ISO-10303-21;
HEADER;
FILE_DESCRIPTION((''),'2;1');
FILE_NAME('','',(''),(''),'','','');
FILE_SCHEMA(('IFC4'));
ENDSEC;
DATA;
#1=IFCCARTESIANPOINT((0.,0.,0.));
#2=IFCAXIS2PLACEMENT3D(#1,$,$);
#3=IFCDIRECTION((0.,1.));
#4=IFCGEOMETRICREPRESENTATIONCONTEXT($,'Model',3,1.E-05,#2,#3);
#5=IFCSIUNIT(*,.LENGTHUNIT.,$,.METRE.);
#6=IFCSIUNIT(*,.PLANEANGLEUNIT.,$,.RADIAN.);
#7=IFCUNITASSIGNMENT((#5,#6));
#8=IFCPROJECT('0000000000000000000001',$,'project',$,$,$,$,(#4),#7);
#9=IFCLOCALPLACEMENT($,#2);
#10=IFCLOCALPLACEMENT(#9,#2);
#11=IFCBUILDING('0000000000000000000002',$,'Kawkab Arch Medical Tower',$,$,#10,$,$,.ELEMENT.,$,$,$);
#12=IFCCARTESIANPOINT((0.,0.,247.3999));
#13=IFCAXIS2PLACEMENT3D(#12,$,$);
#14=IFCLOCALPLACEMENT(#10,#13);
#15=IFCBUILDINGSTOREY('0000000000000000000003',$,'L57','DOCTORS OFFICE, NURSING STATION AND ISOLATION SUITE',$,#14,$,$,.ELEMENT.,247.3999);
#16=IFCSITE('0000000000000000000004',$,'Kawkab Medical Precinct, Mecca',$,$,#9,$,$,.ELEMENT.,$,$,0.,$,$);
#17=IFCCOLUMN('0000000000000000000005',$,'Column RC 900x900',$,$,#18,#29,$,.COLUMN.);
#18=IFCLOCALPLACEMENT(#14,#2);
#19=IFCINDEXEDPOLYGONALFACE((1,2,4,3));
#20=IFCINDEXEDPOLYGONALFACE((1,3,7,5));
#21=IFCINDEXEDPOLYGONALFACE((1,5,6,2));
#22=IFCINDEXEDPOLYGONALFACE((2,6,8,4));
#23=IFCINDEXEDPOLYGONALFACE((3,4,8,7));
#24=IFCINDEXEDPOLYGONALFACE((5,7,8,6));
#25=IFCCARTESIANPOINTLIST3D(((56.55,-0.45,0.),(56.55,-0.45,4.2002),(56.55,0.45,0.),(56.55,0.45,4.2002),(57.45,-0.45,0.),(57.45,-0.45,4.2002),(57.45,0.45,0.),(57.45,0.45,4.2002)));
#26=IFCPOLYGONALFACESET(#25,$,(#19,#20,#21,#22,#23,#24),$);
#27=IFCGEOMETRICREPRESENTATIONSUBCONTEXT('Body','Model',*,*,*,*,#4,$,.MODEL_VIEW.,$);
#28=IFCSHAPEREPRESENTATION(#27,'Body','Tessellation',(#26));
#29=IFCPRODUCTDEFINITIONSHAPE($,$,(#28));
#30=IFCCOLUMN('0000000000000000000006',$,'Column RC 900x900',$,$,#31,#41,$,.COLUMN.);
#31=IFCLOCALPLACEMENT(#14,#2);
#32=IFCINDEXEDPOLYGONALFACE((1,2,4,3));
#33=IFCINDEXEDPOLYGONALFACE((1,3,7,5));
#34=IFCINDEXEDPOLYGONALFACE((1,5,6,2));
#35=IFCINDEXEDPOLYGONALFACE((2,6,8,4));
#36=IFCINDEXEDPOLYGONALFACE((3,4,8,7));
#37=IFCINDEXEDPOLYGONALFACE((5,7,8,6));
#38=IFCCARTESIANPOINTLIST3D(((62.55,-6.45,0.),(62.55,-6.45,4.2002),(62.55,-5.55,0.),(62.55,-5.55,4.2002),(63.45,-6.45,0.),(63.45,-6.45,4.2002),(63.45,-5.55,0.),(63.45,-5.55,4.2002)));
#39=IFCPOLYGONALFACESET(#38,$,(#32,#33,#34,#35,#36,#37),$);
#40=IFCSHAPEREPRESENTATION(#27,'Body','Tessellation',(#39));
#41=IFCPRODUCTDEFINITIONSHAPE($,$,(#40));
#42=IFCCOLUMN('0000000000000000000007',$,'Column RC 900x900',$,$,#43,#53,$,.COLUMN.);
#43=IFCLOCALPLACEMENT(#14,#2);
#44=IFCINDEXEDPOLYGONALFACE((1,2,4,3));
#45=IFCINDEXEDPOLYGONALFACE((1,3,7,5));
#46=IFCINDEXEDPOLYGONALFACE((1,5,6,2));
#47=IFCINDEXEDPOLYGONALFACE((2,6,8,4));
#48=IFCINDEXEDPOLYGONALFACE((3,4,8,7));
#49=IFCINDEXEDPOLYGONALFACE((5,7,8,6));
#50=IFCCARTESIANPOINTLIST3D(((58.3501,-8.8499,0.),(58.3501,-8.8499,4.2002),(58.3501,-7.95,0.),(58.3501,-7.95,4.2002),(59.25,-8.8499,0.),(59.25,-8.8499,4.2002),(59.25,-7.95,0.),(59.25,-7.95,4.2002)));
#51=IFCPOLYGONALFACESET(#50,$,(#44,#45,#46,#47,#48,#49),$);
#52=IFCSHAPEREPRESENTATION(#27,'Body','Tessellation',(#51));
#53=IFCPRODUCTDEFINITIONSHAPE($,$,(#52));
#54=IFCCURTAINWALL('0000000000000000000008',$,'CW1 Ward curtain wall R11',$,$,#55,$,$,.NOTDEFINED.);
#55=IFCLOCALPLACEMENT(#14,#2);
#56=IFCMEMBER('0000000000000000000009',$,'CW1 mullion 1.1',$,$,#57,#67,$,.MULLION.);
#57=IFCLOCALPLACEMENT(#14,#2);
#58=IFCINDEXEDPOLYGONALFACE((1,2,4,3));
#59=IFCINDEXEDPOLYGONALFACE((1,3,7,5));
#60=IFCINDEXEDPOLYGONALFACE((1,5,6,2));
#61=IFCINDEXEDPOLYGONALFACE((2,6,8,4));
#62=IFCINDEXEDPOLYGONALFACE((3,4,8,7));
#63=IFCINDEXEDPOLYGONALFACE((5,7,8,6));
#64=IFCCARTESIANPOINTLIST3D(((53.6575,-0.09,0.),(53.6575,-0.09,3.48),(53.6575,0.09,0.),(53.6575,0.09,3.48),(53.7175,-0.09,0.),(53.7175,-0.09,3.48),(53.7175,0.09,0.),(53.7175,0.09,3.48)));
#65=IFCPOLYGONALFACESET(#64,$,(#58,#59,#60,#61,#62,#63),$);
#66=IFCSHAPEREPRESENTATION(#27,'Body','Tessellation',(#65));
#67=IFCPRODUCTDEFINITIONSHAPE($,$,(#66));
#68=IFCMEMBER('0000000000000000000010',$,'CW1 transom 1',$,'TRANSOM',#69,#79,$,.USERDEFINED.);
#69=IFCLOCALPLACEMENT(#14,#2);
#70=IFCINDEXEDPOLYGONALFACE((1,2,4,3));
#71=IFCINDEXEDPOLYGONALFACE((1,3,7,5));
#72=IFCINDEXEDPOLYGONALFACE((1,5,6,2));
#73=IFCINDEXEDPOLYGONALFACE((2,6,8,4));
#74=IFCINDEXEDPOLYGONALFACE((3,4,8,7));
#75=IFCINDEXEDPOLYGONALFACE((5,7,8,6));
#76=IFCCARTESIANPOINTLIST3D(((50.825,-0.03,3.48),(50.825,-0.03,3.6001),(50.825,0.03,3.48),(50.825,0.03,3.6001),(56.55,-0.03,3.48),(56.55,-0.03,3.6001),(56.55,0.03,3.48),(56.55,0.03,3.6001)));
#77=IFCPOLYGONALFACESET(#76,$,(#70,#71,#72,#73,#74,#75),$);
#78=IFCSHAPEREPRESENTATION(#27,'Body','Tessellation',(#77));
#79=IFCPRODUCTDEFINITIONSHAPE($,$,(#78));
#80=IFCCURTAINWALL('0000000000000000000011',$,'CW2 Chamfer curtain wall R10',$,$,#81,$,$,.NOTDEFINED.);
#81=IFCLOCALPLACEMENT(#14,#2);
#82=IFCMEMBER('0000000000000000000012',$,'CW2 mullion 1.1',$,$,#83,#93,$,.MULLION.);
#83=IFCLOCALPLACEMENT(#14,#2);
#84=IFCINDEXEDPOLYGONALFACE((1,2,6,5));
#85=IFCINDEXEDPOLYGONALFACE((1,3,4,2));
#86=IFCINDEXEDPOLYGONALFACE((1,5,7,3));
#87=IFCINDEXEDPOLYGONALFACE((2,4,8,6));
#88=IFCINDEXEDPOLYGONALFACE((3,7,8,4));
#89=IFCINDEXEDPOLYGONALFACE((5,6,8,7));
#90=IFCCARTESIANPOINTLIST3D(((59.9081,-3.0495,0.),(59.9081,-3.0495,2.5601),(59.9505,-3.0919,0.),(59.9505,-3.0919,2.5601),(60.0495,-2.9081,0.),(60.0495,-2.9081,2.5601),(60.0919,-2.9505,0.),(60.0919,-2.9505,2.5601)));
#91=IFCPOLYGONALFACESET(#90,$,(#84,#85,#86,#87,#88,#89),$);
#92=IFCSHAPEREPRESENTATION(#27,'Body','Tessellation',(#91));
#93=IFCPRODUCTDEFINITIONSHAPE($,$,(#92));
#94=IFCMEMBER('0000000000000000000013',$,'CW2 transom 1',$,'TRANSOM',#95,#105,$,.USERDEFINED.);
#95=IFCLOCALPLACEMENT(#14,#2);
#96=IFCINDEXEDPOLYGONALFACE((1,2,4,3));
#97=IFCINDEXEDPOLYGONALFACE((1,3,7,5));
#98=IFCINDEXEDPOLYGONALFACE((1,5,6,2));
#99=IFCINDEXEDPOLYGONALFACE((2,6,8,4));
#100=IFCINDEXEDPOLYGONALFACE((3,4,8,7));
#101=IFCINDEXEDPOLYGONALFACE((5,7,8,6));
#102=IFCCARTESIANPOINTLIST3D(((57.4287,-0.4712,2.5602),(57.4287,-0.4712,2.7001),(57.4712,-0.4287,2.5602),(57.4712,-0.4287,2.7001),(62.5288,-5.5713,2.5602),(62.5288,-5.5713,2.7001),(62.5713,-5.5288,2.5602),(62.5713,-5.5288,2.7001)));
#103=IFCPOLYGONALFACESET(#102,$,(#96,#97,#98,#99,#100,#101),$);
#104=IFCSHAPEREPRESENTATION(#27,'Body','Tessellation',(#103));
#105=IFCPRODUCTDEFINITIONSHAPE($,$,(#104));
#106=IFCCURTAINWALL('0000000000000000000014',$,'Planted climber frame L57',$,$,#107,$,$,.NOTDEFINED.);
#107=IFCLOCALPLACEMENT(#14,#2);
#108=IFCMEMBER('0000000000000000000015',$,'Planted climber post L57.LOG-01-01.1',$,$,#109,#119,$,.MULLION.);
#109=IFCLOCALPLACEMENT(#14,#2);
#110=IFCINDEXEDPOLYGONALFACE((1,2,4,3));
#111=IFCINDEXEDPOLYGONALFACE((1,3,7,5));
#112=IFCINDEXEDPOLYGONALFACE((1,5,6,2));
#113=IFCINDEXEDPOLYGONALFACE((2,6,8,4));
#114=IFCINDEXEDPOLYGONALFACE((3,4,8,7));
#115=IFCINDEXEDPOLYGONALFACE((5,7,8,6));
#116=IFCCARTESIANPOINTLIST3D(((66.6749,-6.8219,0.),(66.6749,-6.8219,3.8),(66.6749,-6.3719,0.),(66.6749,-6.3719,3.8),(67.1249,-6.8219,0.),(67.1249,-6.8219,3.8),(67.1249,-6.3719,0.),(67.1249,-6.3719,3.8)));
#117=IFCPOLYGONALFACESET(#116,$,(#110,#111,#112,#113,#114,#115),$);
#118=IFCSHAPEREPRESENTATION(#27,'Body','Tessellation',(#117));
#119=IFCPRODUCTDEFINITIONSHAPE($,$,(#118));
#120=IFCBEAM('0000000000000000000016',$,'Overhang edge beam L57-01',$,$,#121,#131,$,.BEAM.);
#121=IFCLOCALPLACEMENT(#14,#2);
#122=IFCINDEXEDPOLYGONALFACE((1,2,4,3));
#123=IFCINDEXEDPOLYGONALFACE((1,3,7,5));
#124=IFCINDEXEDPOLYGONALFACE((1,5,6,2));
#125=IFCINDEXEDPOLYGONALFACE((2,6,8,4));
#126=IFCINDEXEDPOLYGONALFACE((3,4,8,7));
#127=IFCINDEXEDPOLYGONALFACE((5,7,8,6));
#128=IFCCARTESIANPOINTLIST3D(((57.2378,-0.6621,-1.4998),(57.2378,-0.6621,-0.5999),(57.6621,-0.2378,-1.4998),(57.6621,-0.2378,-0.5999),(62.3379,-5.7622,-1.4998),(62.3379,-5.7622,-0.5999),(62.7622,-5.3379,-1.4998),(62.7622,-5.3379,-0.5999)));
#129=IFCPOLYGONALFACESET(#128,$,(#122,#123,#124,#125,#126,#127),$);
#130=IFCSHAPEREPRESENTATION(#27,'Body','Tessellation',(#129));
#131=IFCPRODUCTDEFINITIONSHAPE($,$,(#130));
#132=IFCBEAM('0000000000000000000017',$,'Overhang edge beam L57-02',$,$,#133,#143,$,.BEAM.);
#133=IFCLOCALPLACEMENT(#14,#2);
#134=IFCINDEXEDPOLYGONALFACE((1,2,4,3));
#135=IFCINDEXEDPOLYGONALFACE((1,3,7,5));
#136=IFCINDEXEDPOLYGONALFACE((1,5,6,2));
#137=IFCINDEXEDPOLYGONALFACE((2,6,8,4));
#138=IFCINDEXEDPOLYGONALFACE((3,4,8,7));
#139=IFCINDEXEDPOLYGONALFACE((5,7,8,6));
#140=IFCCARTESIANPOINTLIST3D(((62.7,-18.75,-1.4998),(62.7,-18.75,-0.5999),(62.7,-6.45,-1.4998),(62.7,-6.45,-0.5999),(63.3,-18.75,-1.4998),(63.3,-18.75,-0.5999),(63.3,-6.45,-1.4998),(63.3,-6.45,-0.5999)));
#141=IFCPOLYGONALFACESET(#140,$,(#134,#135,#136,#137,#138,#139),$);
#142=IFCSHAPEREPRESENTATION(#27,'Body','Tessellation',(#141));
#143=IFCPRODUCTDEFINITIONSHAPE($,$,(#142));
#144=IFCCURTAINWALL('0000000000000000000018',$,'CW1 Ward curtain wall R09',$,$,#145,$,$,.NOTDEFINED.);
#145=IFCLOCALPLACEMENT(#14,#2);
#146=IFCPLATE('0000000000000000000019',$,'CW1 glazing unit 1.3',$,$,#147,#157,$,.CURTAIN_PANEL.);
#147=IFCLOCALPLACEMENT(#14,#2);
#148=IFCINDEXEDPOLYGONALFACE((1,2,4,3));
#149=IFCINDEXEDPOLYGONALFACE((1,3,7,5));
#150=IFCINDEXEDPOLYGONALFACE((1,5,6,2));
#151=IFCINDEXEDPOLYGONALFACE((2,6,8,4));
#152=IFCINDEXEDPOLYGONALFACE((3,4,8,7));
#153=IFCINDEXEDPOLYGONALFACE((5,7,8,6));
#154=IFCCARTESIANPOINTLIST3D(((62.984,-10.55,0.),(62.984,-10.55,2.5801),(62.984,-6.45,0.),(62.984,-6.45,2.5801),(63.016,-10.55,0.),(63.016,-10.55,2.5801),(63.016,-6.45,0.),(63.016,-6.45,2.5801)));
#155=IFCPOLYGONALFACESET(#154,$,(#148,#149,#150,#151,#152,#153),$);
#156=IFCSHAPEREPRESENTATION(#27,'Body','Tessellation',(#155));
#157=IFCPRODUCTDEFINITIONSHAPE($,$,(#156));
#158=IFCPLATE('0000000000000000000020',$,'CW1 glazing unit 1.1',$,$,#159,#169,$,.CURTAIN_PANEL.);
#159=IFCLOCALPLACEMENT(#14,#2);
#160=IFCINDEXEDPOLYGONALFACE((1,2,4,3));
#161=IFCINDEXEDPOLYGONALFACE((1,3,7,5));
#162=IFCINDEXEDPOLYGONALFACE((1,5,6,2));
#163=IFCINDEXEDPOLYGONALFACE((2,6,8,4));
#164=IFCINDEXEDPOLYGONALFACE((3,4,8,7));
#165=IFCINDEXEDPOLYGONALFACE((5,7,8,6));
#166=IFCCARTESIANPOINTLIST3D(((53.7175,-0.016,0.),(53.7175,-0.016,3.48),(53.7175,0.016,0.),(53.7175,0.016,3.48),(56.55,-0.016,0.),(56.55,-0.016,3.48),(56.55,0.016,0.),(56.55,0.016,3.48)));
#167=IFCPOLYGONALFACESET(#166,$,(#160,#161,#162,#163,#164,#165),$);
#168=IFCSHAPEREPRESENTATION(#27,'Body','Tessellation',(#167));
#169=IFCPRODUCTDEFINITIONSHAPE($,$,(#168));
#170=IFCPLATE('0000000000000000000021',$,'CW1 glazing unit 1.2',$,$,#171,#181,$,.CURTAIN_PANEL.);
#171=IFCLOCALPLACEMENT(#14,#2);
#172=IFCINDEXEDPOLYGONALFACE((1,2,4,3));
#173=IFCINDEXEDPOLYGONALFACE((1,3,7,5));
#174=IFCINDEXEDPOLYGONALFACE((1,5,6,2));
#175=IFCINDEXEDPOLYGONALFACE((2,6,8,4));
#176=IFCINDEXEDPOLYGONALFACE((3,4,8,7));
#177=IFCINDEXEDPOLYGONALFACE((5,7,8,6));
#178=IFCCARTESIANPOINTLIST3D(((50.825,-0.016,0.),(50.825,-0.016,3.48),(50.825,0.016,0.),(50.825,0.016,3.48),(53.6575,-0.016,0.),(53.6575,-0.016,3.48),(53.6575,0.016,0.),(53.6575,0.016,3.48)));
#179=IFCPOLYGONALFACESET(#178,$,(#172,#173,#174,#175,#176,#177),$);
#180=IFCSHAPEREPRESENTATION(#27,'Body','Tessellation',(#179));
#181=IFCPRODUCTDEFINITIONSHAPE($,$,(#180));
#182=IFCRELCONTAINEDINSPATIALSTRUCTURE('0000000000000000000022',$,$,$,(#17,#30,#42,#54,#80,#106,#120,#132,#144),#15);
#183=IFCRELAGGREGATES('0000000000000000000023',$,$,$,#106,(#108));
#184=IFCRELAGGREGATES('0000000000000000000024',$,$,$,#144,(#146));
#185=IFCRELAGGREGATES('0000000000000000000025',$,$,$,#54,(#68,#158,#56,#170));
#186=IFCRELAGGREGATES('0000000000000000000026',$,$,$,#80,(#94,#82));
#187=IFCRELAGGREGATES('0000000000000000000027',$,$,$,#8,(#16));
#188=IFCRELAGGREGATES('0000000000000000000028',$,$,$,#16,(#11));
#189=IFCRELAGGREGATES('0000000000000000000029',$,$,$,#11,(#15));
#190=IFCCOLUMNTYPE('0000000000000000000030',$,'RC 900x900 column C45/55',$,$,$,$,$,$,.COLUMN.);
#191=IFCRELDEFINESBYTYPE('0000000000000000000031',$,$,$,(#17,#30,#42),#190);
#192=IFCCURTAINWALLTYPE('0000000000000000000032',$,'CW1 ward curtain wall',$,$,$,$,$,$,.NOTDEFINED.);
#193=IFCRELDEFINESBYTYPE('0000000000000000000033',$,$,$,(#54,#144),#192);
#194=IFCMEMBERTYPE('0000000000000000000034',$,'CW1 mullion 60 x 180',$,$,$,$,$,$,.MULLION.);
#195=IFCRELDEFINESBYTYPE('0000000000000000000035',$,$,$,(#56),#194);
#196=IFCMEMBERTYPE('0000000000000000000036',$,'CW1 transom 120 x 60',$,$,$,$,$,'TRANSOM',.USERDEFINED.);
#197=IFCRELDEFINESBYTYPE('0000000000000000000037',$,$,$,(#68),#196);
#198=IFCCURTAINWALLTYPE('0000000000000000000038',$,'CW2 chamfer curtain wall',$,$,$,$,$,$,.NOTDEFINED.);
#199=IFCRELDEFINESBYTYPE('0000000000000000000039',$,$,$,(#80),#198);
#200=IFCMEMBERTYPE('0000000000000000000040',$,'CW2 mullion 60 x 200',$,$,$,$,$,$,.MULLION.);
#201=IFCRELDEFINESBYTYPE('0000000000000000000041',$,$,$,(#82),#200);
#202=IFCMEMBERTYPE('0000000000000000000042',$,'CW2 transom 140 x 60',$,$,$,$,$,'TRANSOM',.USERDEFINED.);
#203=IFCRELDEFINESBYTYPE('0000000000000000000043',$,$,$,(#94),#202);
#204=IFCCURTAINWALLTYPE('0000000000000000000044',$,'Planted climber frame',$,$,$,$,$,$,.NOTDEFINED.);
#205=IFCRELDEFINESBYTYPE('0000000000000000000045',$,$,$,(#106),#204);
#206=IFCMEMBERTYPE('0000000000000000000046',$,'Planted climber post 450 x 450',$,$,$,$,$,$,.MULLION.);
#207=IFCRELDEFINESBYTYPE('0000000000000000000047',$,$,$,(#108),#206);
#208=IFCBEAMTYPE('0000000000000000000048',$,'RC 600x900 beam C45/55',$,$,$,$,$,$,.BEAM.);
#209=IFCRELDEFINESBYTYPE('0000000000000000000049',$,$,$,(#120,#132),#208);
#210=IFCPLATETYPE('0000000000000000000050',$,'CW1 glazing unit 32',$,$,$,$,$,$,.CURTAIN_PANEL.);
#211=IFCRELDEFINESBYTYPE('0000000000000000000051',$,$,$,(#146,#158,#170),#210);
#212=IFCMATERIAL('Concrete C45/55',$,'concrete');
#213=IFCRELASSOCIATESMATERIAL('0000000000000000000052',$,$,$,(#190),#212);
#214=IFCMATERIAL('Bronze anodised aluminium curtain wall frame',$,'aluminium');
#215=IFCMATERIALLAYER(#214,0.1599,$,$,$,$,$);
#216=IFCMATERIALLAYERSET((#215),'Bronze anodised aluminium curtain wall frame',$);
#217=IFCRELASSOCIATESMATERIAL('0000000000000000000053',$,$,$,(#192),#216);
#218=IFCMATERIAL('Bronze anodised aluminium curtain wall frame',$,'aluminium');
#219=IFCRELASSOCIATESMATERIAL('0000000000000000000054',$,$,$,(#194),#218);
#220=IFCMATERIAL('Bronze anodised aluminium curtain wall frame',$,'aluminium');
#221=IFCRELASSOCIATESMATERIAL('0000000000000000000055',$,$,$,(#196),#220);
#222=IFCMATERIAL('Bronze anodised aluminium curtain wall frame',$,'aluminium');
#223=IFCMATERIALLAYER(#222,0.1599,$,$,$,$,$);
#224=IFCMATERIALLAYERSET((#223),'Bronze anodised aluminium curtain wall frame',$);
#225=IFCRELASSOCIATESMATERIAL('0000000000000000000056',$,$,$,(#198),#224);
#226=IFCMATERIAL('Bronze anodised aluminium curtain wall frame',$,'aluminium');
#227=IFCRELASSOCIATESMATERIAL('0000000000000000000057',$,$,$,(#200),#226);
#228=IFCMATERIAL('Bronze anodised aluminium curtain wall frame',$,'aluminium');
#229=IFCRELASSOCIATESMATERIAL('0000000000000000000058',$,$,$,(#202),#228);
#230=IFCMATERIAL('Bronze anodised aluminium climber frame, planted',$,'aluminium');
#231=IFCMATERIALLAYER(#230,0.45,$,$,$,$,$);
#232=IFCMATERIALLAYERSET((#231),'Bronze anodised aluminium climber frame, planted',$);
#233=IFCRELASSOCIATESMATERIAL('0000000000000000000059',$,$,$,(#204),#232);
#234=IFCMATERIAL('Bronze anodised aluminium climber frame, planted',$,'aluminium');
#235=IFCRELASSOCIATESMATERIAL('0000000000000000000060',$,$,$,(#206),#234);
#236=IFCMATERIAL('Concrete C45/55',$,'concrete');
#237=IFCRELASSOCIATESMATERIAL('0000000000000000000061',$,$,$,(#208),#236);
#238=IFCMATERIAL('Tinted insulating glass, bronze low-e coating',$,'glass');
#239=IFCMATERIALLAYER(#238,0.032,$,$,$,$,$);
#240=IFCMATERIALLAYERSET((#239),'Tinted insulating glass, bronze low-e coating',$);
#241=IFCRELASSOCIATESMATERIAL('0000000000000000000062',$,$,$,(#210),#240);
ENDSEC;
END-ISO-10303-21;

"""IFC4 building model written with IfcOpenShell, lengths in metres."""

from ifc_helpers import new_model, si_unit, direction, frame, origin, origin_2d, place, context, subcontext, project, spatial, rectangle, extrude, material, layer, layer_set, material_profile, profile_set, type_object, element, aggregate, save


model = new_model("IFC4")

# Units and contexts
model_context = context("Model", 3, precision=1e-05, world=origin(), true_north=direction((0.0, 1.0)))
body_context = subcontext(model_context, "Body", "Model", "MODEL_VIEW")
ifc_project = project(units=[si_unit("LENGTHUNIT", "METRE"), si_unit("PLANEANGLEUNIT", "RADIAN")], contexts=[model_context])

# Site, building, storey
site_placement = place(None, origin())
site = spatial("IfcSite", under=ifc_project, at=site_placement, Name="Kawkab Medical Precinct, Mecca", CompositionType="ELEMENT", RefElevation=0.0)
building_placement = place(site_placement, origin())
building = spatial("IfcBuilding", under=site, at=building_placement, Name="Kawkab Arch Medical Tower", CompositionType="ELEMENT")
storey_placement = place(building_placement, frame((0.0, 0.0, 247.3999)))
storey = spatial("IfcBuildingStorey", under=building, at=storey_placement, Name="L57", Description="DOCTORS OFFICE, NURSING STATION AND ISOLATION SUITE", CompositionType="ELEMENT", Elevation=247.3999)

# Columns
ifc_material_1 = material(Name="Concrete C45/55", Category="concrete")
ifc_material_profile_1 = material_profile(ifc_material_1, rectangle(XDim=0.8999, YDim=0.8999, at=origin_2d()), Name="RC 900x900")
ifc_profile_set_1 = profile_set([ifc_material_profile_1], Name="Concrete C45/55")
column_type = type_object("IfcColumnType", Name="RC 900x900 column C45/55", PredefinedType="COLUMN", material=ifc_profile_set_1)
for number, where, z_axis, x_axis, name in (
    (1, (57.0, 0.0, 0.0), (0.0, 0.0, 1.0), (1.0, 0.0, 0.0), "Column RC 900x900"),
    (2, (63.0, -6.0, 0.0), (0.0, 0.0, 1.0), (1.0, 0.0, 0.0), "Column RC 900x900"),
    (3, (58.8, -8.3999, 0.0), (0.0, 0.0, 1.0), (1.0, 0.0, 0.0), "Column RC 900x900"),
):
    element("IfcColumn", number, at=place(storey_placement, frame(where, z_axis=z_axis, x_axis=x_axis)), inside=storey, type_object=column_type, Name=name, PredefinedType="COLUMN", context=body_context, shape_type="SweptSolid", body=[
        extrude(rectangle(XDim=0.8999, YDim=0.8999, at=origin_2d()), origin(), (0.0, 0.0, 1.0), 4.2002),
    ])

# Curtain walls, members
ifc_material_2 = material(Name="Bronze anodised aluminium curtain wall frame", Category="aluminium")
ifc_layer_1 = layer(ifc_material_2, 0.1599)
ifc_layer_set_1 = layer_set([ifc_layer_1], Name="Bronze anodised aluminium curtain wall frame")
curtain_wall_type_1 = type_object("IfcCurtainWallType", Name="CW1 ward curtain wall", PredefinedType="NOTDEFINED", material=ifc_layer_set_1)
placement = place(storey_placement, origin())
curtain_wall_1 = element("IfcCurtainWall", 4, at=placement, inside=storey, type_object=curtain_wall_type_1, Name="CW1 Ward curtain wall R11", PredefinedType="NOTDEFINED")
ifc_material_3 = material(Name="Bronze anodised aluminium curtain wall frame", Category="aluminium")
ifc_material_profile_2 = material_profile(ifc_material_3, rectangle(XDim=0.1799, YDim=0.0601, at=origin_2d()), Name="AL 60x180")
ifc_profile_set_2 = profile_set([ifc_material_profile_2], Name="Bronze anodised aluminium curtain wall frame")
member_type_1 = type_object("IfcMemberType", Name="CW1 mullion 60 x 180", PredefinedType="MULLION", material=ifc_profile_set_2)
member_1_placement = place(storey_placement, frame((53.6875, 0.0, 0.0), z_axis=(0.0, 0.0, 1.0), x_axis=(0.0, -1.0, 0.0)))
member_1 = element("IfcMember", 5, at=member_1_placement, type_object=member_type_1, Name="CW1 mullion 1.1", PredefinedType="MULLION", context=body_context, shape_type="SweptSolid", body=[
    extrude(rectangle(XDim=0.1799, YDim=0.0601, at=origin_2d()), origin(), (0.0, 0.0, 1.0), 3.48),
])
ifc_material_4 = material(Name="Bronze anodised aluminium curtain wall frame", Category="aluminium")
ifc_material_profile_3 = material_profile(ifc_material_4, rectangle(XDim=0.0601, YDim=0.1201, at=origin_2d()), Name="AL 60x120")
ifc_profile_set_3 = profile_set([ifc_material_profile_3], Name="Bronze anodised aluminium curtain wall frame")
member_type_2 = type_object("IfcMemberType", Name="CW1 transom 120 x 60", ElementType="TRANSOM", PredefinedType="USERDEFINED", material=ifc_profile_set_3)
member_2_placement = place(storey_placement, frame((56.55, 0.0, 3.54), z_axis=(-1.0, 0.0, 0.0), x_axis=(0.0, -1.0, 0.0)))
member_2 = element("IfcMember", 6, at=member_2_placement, type_object=member_type_2, Name="CW1 transom 1", ObjectType="TRANSOM", PredefinedType="USERDEFINED", context=body_context, shape_type="SweptSolid", body=[
    extrude(rectangle(XDim=0.0601, YDim=0.1201, at=origin_2d()), origin(), (0.0, 0.0, 1.0), 5.7251),
])
ifc_material_5 = material(Name="Bronze anodised aluminium curtain wall frame", Category="aluminium")
ifc_layer_2 = layer(ifc_material_5, 0.1599)
ifc_layer_set_2 = layer_set([ifc_layer_2], Name="Bronze anodised aluminium curtain wall frame")
curtain_wall_type_2 = type_object("IfcCurtainWallType", Name="CW2 chamfer curtain wall", PredefinedType="NOTDEFINED", material=ifc_layer_set_2)
curtain_wall_2 = element("IfcCurtainWall", 7, at=placement, inside=storey, type_object=curtain_wall_type_2, Name="CW2 Chamfer curtain wall R10", PredefinedType="NOTDEFINED")
ifc_material_6 = material(Name="Bronze anodised aluminium curtain wall frame", Category="aluminium")
ifc_material_profile_4 = material_profile(ifc_material_6, rectangle(XDim=0.2, YDim=0.0601, at=origin_2d()), Name="AL 60x200")
ifc_profile_set_4 = profile_set([ifc_material_profile_4], Name="Bronze anodised aluminium curtain wall frame")
member_type_3 = type_object("IfcMemberType", Name="CW2 mullion 60 x 200", PredefinedType="MULLION", material=ifc_profile_set_4)
member_3_placement = place(storey_placement, frame((60.0, -3.0, 0.0), z_axis=(0.0, 0.0, 1.0), x_axis=(-0.707107, -0.707107, 0.0)))
member_3 = element("IfcMember", 8, at=member_3_placement, type_object=member_type_3, Name="CW2 mullion 1.1", PredefinedType="MULLION", context=body_context, shape_type="SweptSolid", body=[
    extrude(rectangle(XDim=0.2, YDim=0.0601, at=origin_2d()), origin(), (0.0, 0.0, 1.0), 2.5601),
])
ifc_material_7 = material(Name="Bronze anodised aluminium curtain wall frame", Category="aluminium")
ifc_material_profile_5 = material_profile(ifc_material_7, rectangle(XDim=0.0601, YDim=0.1399, at=origin_2d()), Name="AL 60x140")
ifc_profile_set_5 = profile_set([ifc_material_profile_5], Name="Bronze anodised aluminium curtain wall frame")
member_type_4 = type_object("IfcMemberType", Name="CW2 transom 140 x 60", ElementType="TRANSOM", PredefinedType="USERDEFINED", material=ifc_profile_set_5)
member_4_placement = place(storey_placement, frame((62.55, -5.55, 2.6301), z_axis=(-0.707107, 0.707107, 0.0), x_axis=(-0.707107, -0.707107, 0.0)))
member_4 = element("IfcMember", 9, at=member_4_placement, type_object=member_type_4, Name="CW2 transom 1", ObjectType="TRANSOM", PredefinedType="USERDEFINED", context=body_context, shape_type="SweptSolid", body=[
    extrude(rectangle(XDim=0.0601, YDim=0.1399, at=origin_2d()), origin(), (0.0, 0.0, 1.0), 7.2126),
])

# Curtain wall, member
ifc_material_8 = material(Name="Bronze anodised aluminium climber frame, planted", Category="aluminium")
ifc_layer_3 = layer(ifc_material_8, 0.45)
ifc_layer_set_3 = layer_set([ifc_layer_3], Name="Bronze anodised aluminium climber frame, planted")
curtain_wall_type_3 = type_object("IfcCurtainWallType", Name="Planted climber frame", PredefinedType="NOTDEFINED", material=ifc_layer_set_3)
curtain_wall_3 = element("IfcCurtainWall", 10, at=placement, inside=storey, type_object=curtain_wall_type_3, Name="Planted climber frame L57", PredefinedType="NOTDEFINED")
ifc_material_9 = material(Name="Bronze anodised aluminium climber frame, planted", Category="aluminium")
ifc_material_profile_6 = material_profile(ifc_material_9, rectangle(XDim=0.45, YDim=0.45, at=origin_2d()), Name="Post 450x450")
ifc_profile_set_6 = profile_set([ifc_material_profile_6], Name="Bronze anodised aluminium climber frame, planted")
member_type_5 = type_object("IfcMemberType", Name="Planted climber post 450 x 450", PredefinedType="MULLION", material=ifc_profile_set_6)
member_5_placement = place(storey_placement, frame((66.8999, -6.5969, 0.0), z_axis=(0.0, 0.0, 1.0), x_axis=(1.0, 0.0, 0.0)))
member_5 = element("IfcMember", 11, at=member_5_placement, type_object=member_type_5, Name="Planted climber post L57.LOG-01-01.1", PredefinedType="MULLION", context=body_context, shape_type="SweptSolid", body=[
    extrude(rectangle(XDim=0.45, YDim=0.45, at=origin_2d()), origin(), (0.0, 0.0, 1.0), 3.8),
])
aggregate(curtain_wall_3, [member_5])

# Beams
ifc_material_10 = material(Name="Concrete C45/55", Category="concrete")
ifc_material_profile_7 = material_profile(ifc_material_10, rectangle(XDim=0.6001, YDim=0.8999, at=origin_2d()), Name="RC 600x900")
ifc_profile_set_7 = profile_set([ifc_material_profile_7], Name="Concrete C45/55")
beam_type = type_object("IfcBeamType", Name="RC 600x900 beam C45/55", PredefinedType="BEAM", material=ifc_profile_set_7)
beam_1_placement = place(storey_placement, frame((57.45, -0.45, -1.0498), z_axis=(0.707107, -0.707107, 0.0), x_axis=(0.707107, 0.707107, 0.0)))
element("IfcBeam", 12, at=beam_1_placement, inside=storey, type_object=beam_type, Name="Overhang edge beam L57-01", PredefinedType="BEAM", context=body_context, shape_type="SweptSolid", body=[
    extrude(rectangle(XDim=0.6001, YDim=0.8999, at=origin_2d()), origin(), (0.0, 0.0, 1.0), 7.2126),
])
beam_2_placement = place(storey_placement, frame((63.0, -6.45, -1.0498), z_axis=(0.0, -1.0, 0.0), x_axis=(1.0, 0.0, 0.0)))
element("IfcBeam", 13, at=beam_2_placement, inside=storey, type_object=beam_type, Name="Overhang edge beam L57-02", PredefinedType="BEAM", context=body_context, shape_type="SweptSolid", body=[
    extrude(rectangle(XDim=0.6001, YDim=0.8999, at=origin_2d()), origin(), (0.0, 0.0, 1.0), 12.3),
])

# Curtain wall, plate
curtain_wall_4 = element("IfcCurtainWall", 14, at=placement, inside=storey, type_object=curtain_wall_type_1, Name="CW1 Ward curtain wall R09", PredefinedType="NOTDEFINED")
ifc_material_11 = material(Name="Tinted insulating glass, bronze low-e coating", Category="glass")
ifc_layer_4 = layer(ifc_material_11, 0.032)
ifc_layer_set_4 = layer_set([ifc_layer_4], Name="Tinted insulating glass, bronze low-e coating")
plate_type_1 = type_object("IfcPlateType", Name="CW1 glazing unit 32", PredefinedType="CURTAIN_PANEL", material=ifc_layer_set_4)
plate_1_placement = place(storey_placement, frame((63.0, -8.5, 0.0), z_axis=(0.0, 0.0, 1.0), x_axis=(0.0, 1.0, 0.0)))
plate_1 = element("IfcPlate", 15, at=plate_1_placement, type_object=plate_type_1, Name="CW1 glazing unit 1.3", PredefinedType="CURTAIN_PANEL", context=body_context, shape_type="SweptSolid", body=[
    extrude(rectangle(XDim=4.1001, YDim=0.032, at=origin_2d()), origin(), (0.0, 0.0, 1.0), 2.5801),
])
aggregate(curtain_wall_4, [plate_1])

# Plates
plate_2_placement = place(storey_placement, frame((55.1338, 0.0, 0.0), z_axis=(0.0, 0.0, 1.0), x_axis=(-1.0, 0.0, 0.0)))
plate_2 = element("IfcPlate", 16, at=plate_2_placement, type_object=plate_type_1, Name="CW1 glazing unit 1.1", PredefinedType="CURTAIN_PANEL", context=body_context, shape_type="SweptSolid", body=[
    extrude(rectangle(XDim=2.8325, YDim=0.032, at=origin_2d()), origin(), (0.0, 0.0, 1.0), 3.48),
])
plate_3_placement = place(storey_placement, frame((52.2412, 0.0, 0.0), z_axis=(0.0, 0.0, 1.0), x_axis=(-1.0, 0.0, 0.0)))
plate_3 = element("IfcPlate", 17, at=plate_3_placement, type_object=plate_type_1, Name="CW1 glazing unit 1.2", PredefinedType="CURTAIN_PANEL", context=body_context, shape_type="SweptSolid", body=[
    extrude(rectangle(XDim=2.8325, YDim=0.032, at=origin_2d()), origin(), (0.0, 0.0, 1.0), 3.48),
])
aggregate(curtain_wall_1, [member_2, plate_2, member_1, plate_3])
aggregate(curtain_wall_2, [member_4, member_3])

save(model, "model.ifc")
